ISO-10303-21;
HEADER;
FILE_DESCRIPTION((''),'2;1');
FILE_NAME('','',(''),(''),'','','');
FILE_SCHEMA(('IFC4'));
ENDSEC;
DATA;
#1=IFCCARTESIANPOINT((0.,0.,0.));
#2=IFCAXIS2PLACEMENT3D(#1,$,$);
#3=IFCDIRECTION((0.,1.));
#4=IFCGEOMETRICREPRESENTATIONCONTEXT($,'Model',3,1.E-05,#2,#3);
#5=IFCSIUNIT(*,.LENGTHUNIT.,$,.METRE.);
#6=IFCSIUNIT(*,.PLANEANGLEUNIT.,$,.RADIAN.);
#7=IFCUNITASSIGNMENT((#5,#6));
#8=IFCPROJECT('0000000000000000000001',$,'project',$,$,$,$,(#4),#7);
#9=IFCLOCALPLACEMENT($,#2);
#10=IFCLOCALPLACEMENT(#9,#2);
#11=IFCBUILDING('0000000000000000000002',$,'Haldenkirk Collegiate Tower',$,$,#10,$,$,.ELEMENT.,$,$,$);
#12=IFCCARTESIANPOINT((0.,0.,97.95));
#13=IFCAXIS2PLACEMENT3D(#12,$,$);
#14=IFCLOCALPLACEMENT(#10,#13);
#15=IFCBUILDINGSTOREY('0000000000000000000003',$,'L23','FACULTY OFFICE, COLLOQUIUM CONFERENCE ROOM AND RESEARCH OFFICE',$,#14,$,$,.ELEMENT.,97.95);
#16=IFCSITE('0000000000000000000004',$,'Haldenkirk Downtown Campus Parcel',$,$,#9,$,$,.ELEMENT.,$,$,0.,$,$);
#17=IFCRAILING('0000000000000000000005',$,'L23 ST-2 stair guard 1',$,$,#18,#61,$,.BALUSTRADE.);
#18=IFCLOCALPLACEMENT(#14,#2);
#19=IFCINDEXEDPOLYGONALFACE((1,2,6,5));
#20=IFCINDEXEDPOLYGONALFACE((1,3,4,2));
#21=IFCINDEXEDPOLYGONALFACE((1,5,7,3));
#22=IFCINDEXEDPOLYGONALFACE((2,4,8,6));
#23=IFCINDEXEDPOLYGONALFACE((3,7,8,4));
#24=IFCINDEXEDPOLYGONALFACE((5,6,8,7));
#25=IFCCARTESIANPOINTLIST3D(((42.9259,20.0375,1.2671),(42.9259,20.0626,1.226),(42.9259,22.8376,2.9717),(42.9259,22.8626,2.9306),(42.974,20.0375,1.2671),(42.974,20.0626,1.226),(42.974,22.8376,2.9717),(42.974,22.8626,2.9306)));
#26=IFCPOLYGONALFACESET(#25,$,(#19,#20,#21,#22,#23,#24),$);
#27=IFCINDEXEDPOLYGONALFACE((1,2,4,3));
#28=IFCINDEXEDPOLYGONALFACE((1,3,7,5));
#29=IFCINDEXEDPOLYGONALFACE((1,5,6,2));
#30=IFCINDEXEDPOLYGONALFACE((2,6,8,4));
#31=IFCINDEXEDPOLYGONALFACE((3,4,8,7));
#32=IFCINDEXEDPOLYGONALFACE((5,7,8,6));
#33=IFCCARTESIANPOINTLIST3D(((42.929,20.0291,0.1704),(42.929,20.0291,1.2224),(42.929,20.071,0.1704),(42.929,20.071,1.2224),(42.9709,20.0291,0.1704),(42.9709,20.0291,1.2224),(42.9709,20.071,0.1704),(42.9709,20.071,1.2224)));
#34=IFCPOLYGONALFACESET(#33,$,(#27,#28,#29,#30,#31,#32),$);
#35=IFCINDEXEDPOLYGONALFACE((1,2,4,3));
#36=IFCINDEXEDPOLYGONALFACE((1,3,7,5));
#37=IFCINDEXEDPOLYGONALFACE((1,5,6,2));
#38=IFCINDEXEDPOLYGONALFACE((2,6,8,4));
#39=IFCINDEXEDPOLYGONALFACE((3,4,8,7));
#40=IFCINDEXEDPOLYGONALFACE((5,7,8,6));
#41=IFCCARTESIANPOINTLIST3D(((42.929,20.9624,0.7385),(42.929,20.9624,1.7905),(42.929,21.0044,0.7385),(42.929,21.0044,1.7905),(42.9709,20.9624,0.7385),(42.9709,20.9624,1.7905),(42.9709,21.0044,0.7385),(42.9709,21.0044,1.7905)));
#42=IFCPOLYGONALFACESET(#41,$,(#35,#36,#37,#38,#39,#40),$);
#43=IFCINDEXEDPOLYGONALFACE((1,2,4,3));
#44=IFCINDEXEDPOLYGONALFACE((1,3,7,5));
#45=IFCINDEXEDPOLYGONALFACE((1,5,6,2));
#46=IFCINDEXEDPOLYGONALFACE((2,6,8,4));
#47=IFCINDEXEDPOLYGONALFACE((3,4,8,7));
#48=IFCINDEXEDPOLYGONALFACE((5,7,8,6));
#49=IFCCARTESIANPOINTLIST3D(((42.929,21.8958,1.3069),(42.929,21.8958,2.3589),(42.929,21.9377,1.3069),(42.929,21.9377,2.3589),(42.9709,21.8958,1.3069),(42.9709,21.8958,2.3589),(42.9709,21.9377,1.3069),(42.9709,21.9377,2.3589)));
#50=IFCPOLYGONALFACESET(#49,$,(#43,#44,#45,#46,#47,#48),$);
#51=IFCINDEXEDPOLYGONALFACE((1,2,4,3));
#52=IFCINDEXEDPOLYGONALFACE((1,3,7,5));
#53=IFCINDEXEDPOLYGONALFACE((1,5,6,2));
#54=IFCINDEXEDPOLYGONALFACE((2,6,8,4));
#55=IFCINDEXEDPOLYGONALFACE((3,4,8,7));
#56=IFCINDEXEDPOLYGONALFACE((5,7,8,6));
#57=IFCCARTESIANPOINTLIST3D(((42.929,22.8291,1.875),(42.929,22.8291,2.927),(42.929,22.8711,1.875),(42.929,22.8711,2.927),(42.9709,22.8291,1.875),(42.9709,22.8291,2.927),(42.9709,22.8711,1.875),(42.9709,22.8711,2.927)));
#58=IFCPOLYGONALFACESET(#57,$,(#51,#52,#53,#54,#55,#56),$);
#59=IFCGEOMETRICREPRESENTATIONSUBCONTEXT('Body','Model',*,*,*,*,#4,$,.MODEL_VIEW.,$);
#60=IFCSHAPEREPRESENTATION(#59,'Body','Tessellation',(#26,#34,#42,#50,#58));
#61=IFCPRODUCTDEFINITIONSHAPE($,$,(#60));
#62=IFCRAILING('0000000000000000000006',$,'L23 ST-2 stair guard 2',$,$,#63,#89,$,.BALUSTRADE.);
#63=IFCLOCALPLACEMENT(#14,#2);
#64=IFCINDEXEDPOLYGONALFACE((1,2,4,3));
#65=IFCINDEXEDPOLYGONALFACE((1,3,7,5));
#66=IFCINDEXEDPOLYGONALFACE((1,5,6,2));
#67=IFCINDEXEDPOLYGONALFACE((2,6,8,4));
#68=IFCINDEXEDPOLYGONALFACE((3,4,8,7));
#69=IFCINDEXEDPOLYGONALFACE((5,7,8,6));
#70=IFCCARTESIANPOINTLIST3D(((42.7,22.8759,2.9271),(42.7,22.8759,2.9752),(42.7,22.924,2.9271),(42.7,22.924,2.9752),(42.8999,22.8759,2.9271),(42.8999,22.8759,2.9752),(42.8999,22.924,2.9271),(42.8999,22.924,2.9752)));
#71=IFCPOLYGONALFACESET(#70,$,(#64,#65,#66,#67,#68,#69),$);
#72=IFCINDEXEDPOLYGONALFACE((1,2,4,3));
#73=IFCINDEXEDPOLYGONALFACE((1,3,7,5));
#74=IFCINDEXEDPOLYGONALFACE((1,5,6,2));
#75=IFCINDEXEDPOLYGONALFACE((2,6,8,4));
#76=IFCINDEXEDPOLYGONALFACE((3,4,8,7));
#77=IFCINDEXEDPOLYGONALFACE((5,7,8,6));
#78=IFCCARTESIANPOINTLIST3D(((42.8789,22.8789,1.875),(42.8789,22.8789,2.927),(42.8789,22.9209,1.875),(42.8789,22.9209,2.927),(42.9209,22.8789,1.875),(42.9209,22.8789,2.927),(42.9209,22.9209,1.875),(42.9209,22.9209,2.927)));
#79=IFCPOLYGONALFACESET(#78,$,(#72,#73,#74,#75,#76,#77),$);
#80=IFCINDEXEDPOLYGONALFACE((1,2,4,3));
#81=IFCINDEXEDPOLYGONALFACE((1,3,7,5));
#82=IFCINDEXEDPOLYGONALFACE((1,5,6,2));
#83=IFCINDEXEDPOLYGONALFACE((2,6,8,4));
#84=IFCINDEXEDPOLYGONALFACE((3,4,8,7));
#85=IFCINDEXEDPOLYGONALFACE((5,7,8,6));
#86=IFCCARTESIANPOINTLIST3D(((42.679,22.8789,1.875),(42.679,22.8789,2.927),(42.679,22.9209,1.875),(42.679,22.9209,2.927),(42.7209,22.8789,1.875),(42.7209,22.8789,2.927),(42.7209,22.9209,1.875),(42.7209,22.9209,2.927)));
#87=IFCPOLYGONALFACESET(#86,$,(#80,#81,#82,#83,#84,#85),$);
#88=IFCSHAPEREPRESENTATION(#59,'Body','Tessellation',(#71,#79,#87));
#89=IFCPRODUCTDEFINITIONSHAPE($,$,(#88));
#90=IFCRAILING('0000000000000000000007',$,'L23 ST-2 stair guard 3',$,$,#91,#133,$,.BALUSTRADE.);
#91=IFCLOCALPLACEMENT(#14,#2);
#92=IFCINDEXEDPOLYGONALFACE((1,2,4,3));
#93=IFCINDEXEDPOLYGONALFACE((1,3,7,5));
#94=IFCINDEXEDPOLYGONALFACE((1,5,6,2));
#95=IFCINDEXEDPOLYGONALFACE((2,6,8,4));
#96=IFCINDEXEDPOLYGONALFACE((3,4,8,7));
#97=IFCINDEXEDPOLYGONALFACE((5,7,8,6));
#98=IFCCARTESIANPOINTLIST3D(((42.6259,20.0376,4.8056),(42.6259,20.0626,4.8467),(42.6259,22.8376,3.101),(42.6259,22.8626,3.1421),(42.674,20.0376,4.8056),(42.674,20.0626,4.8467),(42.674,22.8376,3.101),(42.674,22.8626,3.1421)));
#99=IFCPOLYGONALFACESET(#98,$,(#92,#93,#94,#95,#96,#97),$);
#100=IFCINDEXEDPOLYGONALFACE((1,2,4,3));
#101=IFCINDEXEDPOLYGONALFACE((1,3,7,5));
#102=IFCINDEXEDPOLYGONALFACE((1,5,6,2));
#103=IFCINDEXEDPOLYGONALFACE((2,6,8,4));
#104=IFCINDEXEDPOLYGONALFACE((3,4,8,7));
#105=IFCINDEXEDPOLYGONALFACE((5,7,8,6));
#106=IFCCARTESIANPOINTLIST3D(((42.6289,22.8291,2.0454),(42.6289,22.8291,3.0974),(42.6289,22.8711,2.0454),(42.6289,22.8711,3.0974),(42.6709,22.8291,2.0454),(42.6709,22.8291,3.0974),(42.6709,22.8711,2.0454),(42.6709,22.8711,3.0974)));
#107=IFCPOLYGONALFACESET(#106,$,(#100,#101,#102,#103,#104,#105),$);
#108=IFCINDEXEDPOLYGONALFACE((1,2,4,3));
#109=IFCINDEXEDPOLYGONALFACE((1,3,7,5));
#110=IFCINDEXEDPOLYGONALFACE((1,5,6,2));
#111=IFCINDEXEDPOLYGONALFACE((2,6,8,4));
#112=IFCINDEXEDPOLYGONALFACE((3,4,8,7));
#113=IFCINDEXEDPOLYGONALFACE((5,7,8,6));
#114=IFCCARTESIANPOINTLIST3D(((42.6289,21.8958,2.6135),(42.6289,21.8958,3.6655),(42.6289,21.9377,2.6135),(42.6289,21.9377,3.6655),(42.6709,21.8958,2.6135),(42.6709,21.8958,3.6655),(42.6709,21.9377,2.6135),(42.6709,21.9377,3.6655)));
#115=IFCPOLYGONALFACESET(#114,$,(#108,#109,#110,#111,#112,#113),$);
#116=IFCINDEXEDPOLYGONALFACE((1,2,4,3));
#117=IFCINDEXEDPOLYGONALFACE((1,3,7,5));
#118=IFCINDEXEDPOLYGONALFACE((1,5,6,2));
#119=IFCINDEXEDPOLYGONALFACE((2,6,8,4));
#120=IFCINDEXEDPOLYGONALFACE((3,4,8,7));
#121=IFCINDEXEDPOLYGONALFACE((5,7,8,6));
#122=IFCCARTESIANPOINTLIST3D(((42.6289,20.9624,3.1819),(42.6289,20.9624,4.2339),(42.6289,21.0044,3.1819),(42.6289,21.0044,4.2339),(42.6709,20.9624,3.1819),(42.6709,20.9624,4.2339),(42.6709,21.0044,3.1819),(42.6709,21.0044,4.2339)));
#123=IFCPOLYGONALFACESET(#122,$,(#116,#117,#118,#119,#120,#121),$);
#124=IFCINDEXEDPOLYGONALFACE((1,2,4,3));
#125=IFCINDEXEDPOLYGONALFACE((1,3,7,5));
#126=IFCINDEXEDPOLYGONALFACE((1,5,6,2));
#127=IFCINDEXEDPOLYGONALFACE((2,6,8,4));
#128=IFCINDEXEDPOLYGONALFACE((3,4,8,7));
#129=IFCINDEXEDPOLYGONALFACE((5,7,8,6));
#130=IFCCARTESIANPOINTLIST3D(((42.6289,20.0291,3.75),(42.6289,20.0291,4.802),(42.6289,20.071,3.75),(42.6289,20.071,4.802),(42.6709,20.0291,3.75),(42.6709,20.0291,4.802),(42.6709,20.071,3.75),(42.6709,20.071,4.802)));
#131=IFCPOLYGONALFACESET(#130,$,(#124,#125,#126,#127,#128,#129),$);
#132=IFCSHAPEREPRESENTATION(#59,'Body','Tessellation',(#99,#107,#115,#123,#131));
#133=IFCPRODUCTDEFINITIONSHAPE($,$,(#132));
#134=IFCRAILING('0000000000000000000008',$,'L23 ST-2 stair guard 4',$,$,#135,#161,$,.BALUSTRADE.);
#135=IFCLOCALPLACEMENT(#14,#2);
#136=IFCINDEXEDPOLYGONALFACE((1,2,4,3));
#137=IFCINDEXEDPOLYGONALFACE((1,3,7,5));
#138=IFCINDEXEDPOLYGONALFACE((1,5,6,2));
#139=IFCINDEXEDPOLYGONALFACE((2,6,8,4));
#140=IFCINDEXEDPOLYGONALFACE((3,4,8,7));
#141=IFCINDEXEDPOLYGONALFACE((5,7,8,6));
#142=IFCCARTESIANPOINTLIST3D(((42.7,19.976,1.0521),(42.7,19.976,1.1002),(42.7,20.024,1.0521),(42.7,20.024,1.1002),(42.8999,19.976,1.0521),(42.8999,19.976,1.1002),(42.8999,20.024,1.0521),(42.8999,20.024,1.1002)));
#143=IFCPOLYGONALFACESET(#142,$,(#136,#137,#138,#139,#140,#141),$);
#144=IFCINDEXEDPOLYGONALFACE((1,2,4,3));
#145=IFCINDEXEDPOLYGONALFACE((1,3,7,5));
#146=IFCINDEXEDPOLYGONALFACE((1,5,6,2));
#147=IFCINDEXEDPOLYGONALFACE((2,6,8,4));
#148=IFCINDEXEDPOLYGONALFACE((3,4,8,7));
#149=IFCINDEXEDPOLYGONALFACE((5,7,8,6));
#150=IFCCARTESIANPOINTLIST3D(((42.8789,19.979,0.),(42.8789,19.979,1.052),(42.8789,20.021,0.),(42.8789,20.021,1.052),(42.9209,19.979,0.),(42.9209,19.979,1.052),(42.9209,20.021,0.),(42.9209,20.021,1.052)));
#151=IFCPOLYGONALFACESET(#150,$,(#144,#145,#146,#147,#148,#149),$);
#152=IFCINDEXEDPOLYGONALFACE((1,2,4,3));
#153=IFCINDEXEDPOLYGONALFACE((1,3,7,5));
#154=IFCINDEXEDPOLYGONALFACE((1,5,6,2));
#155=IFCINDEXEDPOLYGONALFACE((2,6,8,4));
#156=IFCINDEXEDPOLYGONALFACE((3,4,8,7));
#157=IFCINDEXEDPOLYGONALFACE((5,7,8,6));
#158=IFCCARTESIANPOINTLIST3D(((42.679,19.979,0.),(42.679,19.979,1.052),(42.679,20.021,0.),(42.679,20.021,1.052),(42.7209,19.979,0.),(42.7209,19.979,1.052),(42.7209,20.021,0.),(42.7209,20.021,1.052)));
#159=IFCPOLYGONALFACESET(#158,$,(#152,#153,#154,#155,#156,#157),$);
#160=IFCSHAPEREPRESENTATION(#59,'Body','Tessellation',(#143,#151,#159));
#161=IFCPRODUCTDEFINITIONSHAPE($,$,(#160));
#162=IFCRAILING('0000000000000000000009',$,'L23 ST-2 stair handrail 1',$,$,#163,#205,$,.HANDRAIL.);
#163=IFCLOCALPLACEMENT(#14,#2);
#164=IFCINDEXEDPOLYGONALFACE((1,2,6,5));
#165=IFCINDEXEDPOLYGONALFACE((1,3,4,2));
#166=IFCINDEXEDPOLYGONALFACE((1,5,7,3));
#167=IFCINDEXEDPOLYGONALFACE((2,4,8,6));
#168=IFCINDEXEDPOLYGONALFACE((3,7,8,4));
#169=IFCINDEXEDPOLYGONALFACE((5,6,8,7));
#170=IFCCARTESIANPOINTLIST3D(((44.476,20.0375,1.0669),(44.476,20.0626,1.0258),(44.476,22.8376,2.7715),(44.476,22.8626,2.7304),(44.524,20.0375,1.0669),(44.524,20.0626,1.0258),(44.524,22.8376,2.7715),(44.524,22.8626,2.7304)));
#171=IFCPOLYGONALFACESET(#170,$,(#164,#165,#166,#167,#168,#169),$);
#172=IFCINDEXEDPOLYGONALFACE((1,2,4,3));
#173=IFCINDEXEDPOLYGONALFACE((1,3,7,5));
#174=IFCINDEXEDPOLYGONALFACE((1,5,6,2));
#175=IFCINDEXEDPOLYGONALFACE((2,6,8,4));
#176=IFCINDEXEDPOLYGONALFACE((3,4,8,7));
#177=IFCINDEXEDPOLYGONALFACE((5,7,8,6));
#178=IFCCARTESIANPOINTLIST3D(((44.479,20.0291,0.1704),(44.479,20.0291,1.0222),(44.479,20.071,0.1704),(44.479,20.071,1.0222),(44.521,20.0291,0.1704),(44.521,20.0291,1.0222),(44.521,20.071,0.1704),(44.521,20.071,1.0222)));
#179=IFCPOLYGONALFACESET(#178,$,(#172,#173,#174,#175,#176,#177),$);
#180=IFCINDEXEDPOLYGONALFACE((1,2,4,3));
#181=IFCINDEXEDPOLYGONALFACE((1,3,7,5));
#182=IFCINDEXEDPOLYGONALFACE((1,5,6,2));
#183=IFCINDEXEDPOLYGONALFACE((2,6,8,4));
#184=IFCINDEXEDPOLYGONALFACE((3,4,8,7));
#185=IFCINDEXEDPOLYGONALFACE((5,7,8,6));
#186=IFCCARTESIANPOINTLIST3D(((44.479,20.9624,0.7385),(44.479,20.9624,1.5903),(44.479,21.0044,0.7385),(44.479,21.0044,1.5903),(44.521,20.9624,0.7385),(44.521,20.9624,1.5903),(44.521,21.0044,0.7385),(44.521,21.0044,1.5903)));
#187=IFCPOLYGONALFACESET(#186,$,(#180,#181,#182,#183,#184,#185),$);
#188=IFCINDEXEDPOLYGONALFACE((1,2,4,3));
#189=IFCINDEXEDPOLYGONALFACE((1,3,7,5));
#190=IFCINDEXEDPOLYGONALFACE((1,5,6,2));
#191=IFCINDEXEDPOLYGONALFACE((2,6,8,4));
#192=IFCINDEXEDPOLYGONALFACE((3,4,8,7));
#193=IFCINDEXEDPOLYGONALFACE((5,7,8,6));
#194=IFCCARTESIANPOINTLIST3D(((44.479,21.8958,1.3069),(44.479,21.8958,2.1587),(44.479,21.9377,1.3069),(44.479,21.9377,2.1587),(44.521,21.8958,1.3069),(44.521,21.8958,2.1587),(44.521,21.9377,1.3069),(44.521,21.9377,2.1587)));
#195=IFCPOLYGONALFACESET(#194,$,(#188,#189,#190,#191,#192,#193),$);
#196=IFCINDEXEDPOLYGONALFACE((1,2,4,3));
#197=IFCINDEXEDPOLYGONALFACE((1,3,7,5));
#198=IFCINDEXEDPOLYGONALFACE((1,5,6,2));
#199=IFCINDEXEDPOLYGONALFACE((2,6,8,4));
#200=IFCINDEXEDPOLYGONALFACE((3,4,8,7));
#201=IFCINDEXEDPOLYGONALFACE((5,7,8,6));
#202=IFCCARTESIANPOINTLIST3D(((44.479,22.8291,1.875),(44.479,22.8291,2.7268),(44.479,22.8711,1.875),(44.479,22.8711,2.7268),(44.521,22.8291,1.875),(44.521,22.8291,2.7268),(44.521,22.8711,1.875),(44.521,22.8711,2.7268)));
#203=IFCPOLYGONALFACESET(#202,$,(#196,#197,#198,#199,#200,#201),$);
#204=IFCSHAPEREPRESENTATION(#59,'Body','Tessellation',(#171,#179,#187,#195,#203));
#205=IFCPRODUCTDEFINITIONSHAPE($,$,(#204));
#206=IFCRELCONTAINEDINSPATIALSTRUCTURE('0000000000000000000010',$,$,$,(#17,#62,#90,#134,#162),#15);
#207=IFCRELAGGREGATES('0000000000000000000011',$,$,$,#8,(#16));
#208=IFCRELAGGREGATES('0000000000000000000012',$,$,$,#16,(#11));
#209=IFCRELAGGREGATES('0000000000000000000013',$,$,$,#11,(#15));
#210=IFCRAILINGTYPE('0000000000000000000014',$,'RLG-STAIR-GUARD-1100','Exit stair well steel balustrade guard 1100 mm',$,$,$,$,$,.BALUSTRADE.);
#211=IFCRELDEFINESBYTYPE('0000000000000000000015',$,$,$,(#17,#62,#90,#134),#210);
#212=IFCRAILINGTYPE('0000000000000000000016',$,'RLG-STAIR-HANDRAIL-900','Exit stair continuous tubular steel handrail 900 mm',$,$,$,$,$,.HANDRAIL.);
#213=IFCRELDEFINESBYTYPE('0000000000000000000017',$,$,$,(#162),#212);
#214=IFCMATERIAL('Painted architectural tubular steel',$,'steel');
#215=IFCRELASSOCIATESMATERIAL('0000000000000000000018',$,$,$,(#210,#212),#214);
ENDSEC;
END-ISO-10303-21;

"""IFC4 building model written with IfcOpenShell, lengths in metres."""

from ifc_helpers import new_model, si_unit, direction, frame, origin, origin_2d, place, context, subcontext, project, spatial, rectangle, extrude, material, type_object, element, save


model = new_model("IFC4")

# Units and contexts
model_context = context("Model", 3, precision=1e-05, world=origin(), true_north=direction((0.0, 1.0)))
body_context = subcontext(model_context, "Body", "Model", "MODEL_VIEW")
ifc_project = project(units=[si_unit("LENGTHUNIT", "METRE"), si_unit("PLANEANGLEUNIT", "RADIAN")], contexts=[model_context])

# Site, building, storey
site_placement = place(None, origin())
site = spatial("IfcSite", under=ifc_project, at=site_placement, Name="Haldenkirk Downtown Campus Parcel", CompositionType="ELEMENT", RefElevation=0.0)
building_placement = place(site_placement, origin())
building = spatial("IfcBuilding", under=site, at=building_placement, Name="Haldenkirk Collegiate Tower", CompositionType="ELEMENT")
storey_placement = place(building_placement, frame((0.0, 0.0, 97.95)))
storey = spatial("IfcBuildingStorey", under=building, at=storey_placement, Name="L23", Description="FACULTY OFFICE, COLLOQUIUM CONFERENCE ROOM AND RESEARCH OFFICE", CompositionType="ELEMENT", Elevation=97.95)

# Railings
ifc_material_1 = material(Name="Painted architectural tubular steel", Category="steel")
railing_type_1 = type_object("IfcRailingType", Name="RLG-STAIR-GUARD-1100", Description="Exit stair well steel balustrade guard 1100 mm", PredefinedType="BALUSTRADE", material=ifc_material_1)
railing_1_placement = place(storey_placement, frame((42.95, 20.05, 0.1704)))
element("IfcRailing", 1, at=railing_1_placement, inside=storey, type_object=railing_type_1, Name="L23 ST-2 stair guard 1", PredefinedType="BALUSTRADE", context=body_context, shape_type="SweptSolid", body=[
    extrude(rectangle(XDim=0.0481, YDim=0.0481, at=origin_2d()), frame((0.0, 0.0, 1.0762), z_axis=(0.0, 0.85417, 0.519994), x_axis=(-1.0, 0.0, 0.0)), (0.0, 0.0, 1.0), 3.2781),
    extrude(rectangle(XDim=0.042, YDim=0.042, at=origin_2d()), origin(), (0.0, 0.0, 1.0), 1.052),
    extrude(rectangle(XDim=0.042, YDim=0.042, at=origin_2d()), frame((0.0, 0.9333, 0.5681)), (0.0, 0.0, 1.0), 1.052),
    extrude(rectangle(XDim=0.042, YDim=0.042, at=origin_2d()), frame((0.0, 1.8667, 1.1365)), (0.0, 0.0, 1.0), 1.052),
    extrude(rectangle(XDim=0.042, YDim=0.042, at=origin_2d()), frame((0.0, 2.8, 1.7046)), (0.0, 0.0, 1.0), 1.052),
])
railing_2_placement = place(storey_placement, frame((42.8999, 22.8999, 1.875)))
element("IfcRailing", 2, at=railing_2_placement, inside=storey, type_object=railing_type_1, Name="L23 ST-2 stair guard 2", PredefinedType="BALUSTRADE", context=body_context, shape_type="SweptSolid", body=[
    extrude(rectangle(XDim=0.0481, YDim=0.0481, at=origin_2d()), frame((0.0, 0.0, 1.0762), z_axis=(-1.0, 0.0, 0.0), x_axis=(0.0, -1.0, 0.0)), (0.0, 0.0, 1.0), 0.2),
    extrude(rectangle(XDim=0.042, YDim=0.042, at=origin_2d()), origin(), (0.0, 0.0, 1.0), 1.052),
    extrude(rectangle(XDim=0.042, YDim=0.042, at=origin_2d()), frame((-0.2, 0.0, 0.0)), (0.0, 0.0, 1.0), 1.052),
])
railing_3_placement = place(storey_placement, frame((42.6499, 22.8501, 2.0454)))
element("IfcRailing", 3, at=railing_3_placement, inside=storey, type_object=railing_type_1, Name="L23 ST-2 stair guard 3", PredefinedType="BALUSTRADE", context=body_context, shape_type="SweptSolid", body=[
    extrude(rectangle(XDim=0.0481, YDim=0.0481, at=origin_2d()), frame((0.0, 0.0, 1.0762), z_axis=(0.0, -0.85417, 0.519994), x_axis=(1.0, 0.0, 0.0)), (0.0, 0.0, 1.0), 3.2781),
    extrude(rectangle(XDim=0.042, YDim=0.042, at=origin_2d()), origin(), (0.0, 0.0, 1.0), 1.052),
    extrude(rectangle(XDim=0.042, YDim=0.042, at=origin_2d()), frame((0.0, -0.9333, 0.5681)), (0.0, 0.0, 1.0), 1.052),
    extrude(rectangle(XDim=0.042, YDim=0.042, at=origin_2d()), frame((0.0, -1.8667, 1.1365)), (0.0, 0.0, 1.0), 1.052),
    extrude(rectangle(XDim=0.042, YDim=0.042, at=origin_2d()), frame((0.0, -2.8, 1.7046)), (0.0, 0.0, 1.0), 1.052),
])
railing_4_placement = place(storey_placement, frame((42.8999, 20.0, 0.0)))
element("IfcRailing", 4, at=railing_4_placement, inside=storey, type_object=railing_type_1, Name="L23 ST-2 stair guard 4", PredefinedType="BALUSTRADE", context=body_context, shape_type="SweptSolid", body=[
    extrude(rectangle(XDim=0.0481, YDim=0.0481, at=origin_2d()), frame((0.0, 0.0, 1.0762), z_axis=(-1.0, 0.0, 0.0), x_axis=(0.0, -1.0, 0.0)), (0.0, 0.0, 1.0), 0.2),
    extrude(rectangle(XDim=0.042, YDim=0.042, at=origin_2d()), origin(), (0.0, 0.0, 1.0), 1.052),
    extrude(rectangle(XDim=0.042, YDim=0.042, at=origin_2d()), frame((-0.2, 0.0, 0.0)), (0.0, 0.0, 1.0), 1.052),
])
railing_type_2 = type_object("IfcRailingType", Name="RLG-STAIR-HANDRAIL-900", Description="Exit stair continuous tubular steel handrail 900 mm", PredefinedType="HANDRAIL", material=ifc_material_1)
railing_5_placement = place(storey_placement, frame((44.5, 20.05, 0.1704)))
element("IfcRailing", 5, at=railing_5_placement, inside=storey, type_object=railing_type_2, Name="L23 ST-2 stair handrail 1", PredefinedType="HANDRAIL", context=body_context, shape_type="SweptSolid", body=[
    extrude(rectangle(XDim=0.0481, YDim=0.0481, at=origin_2d()), frame((0.0, 0.0, 0.876), z_axis=(0.0, 0.85417, 0.519994), x_axis=(-1.0, 0.0, 0.0)), (0.0, 0.0, 1.0), 3.2781),
    extrude(rectangle(XDim=0.042, YDim=0.042, at=origin_2d()), origin(), (0.0, 0.0, 1.0), 0.8518),
    extrude(rectangle(XDim=0.042, YDim=0.042, at=origin_2d()), frame((0.0, 0.9333, 0.5681)), (0.0, 0.0, 1.0), 0.8518),
    extrude(rectangle(XDim=0.042, YDim=0.042, at=origin_2d()), frame((0.0, 1.8667, 1.1365)), (0.0, 0.0, 1.0), 0.8518),
    extrude(rectangle(XDim=0.042, YDim=0.042, at=origin_2d()), frame((0.0, 2.8, 1.7046)), (0.0, 0.0, 1.0), 0.8518),
])

save(model, "model.ifc")
